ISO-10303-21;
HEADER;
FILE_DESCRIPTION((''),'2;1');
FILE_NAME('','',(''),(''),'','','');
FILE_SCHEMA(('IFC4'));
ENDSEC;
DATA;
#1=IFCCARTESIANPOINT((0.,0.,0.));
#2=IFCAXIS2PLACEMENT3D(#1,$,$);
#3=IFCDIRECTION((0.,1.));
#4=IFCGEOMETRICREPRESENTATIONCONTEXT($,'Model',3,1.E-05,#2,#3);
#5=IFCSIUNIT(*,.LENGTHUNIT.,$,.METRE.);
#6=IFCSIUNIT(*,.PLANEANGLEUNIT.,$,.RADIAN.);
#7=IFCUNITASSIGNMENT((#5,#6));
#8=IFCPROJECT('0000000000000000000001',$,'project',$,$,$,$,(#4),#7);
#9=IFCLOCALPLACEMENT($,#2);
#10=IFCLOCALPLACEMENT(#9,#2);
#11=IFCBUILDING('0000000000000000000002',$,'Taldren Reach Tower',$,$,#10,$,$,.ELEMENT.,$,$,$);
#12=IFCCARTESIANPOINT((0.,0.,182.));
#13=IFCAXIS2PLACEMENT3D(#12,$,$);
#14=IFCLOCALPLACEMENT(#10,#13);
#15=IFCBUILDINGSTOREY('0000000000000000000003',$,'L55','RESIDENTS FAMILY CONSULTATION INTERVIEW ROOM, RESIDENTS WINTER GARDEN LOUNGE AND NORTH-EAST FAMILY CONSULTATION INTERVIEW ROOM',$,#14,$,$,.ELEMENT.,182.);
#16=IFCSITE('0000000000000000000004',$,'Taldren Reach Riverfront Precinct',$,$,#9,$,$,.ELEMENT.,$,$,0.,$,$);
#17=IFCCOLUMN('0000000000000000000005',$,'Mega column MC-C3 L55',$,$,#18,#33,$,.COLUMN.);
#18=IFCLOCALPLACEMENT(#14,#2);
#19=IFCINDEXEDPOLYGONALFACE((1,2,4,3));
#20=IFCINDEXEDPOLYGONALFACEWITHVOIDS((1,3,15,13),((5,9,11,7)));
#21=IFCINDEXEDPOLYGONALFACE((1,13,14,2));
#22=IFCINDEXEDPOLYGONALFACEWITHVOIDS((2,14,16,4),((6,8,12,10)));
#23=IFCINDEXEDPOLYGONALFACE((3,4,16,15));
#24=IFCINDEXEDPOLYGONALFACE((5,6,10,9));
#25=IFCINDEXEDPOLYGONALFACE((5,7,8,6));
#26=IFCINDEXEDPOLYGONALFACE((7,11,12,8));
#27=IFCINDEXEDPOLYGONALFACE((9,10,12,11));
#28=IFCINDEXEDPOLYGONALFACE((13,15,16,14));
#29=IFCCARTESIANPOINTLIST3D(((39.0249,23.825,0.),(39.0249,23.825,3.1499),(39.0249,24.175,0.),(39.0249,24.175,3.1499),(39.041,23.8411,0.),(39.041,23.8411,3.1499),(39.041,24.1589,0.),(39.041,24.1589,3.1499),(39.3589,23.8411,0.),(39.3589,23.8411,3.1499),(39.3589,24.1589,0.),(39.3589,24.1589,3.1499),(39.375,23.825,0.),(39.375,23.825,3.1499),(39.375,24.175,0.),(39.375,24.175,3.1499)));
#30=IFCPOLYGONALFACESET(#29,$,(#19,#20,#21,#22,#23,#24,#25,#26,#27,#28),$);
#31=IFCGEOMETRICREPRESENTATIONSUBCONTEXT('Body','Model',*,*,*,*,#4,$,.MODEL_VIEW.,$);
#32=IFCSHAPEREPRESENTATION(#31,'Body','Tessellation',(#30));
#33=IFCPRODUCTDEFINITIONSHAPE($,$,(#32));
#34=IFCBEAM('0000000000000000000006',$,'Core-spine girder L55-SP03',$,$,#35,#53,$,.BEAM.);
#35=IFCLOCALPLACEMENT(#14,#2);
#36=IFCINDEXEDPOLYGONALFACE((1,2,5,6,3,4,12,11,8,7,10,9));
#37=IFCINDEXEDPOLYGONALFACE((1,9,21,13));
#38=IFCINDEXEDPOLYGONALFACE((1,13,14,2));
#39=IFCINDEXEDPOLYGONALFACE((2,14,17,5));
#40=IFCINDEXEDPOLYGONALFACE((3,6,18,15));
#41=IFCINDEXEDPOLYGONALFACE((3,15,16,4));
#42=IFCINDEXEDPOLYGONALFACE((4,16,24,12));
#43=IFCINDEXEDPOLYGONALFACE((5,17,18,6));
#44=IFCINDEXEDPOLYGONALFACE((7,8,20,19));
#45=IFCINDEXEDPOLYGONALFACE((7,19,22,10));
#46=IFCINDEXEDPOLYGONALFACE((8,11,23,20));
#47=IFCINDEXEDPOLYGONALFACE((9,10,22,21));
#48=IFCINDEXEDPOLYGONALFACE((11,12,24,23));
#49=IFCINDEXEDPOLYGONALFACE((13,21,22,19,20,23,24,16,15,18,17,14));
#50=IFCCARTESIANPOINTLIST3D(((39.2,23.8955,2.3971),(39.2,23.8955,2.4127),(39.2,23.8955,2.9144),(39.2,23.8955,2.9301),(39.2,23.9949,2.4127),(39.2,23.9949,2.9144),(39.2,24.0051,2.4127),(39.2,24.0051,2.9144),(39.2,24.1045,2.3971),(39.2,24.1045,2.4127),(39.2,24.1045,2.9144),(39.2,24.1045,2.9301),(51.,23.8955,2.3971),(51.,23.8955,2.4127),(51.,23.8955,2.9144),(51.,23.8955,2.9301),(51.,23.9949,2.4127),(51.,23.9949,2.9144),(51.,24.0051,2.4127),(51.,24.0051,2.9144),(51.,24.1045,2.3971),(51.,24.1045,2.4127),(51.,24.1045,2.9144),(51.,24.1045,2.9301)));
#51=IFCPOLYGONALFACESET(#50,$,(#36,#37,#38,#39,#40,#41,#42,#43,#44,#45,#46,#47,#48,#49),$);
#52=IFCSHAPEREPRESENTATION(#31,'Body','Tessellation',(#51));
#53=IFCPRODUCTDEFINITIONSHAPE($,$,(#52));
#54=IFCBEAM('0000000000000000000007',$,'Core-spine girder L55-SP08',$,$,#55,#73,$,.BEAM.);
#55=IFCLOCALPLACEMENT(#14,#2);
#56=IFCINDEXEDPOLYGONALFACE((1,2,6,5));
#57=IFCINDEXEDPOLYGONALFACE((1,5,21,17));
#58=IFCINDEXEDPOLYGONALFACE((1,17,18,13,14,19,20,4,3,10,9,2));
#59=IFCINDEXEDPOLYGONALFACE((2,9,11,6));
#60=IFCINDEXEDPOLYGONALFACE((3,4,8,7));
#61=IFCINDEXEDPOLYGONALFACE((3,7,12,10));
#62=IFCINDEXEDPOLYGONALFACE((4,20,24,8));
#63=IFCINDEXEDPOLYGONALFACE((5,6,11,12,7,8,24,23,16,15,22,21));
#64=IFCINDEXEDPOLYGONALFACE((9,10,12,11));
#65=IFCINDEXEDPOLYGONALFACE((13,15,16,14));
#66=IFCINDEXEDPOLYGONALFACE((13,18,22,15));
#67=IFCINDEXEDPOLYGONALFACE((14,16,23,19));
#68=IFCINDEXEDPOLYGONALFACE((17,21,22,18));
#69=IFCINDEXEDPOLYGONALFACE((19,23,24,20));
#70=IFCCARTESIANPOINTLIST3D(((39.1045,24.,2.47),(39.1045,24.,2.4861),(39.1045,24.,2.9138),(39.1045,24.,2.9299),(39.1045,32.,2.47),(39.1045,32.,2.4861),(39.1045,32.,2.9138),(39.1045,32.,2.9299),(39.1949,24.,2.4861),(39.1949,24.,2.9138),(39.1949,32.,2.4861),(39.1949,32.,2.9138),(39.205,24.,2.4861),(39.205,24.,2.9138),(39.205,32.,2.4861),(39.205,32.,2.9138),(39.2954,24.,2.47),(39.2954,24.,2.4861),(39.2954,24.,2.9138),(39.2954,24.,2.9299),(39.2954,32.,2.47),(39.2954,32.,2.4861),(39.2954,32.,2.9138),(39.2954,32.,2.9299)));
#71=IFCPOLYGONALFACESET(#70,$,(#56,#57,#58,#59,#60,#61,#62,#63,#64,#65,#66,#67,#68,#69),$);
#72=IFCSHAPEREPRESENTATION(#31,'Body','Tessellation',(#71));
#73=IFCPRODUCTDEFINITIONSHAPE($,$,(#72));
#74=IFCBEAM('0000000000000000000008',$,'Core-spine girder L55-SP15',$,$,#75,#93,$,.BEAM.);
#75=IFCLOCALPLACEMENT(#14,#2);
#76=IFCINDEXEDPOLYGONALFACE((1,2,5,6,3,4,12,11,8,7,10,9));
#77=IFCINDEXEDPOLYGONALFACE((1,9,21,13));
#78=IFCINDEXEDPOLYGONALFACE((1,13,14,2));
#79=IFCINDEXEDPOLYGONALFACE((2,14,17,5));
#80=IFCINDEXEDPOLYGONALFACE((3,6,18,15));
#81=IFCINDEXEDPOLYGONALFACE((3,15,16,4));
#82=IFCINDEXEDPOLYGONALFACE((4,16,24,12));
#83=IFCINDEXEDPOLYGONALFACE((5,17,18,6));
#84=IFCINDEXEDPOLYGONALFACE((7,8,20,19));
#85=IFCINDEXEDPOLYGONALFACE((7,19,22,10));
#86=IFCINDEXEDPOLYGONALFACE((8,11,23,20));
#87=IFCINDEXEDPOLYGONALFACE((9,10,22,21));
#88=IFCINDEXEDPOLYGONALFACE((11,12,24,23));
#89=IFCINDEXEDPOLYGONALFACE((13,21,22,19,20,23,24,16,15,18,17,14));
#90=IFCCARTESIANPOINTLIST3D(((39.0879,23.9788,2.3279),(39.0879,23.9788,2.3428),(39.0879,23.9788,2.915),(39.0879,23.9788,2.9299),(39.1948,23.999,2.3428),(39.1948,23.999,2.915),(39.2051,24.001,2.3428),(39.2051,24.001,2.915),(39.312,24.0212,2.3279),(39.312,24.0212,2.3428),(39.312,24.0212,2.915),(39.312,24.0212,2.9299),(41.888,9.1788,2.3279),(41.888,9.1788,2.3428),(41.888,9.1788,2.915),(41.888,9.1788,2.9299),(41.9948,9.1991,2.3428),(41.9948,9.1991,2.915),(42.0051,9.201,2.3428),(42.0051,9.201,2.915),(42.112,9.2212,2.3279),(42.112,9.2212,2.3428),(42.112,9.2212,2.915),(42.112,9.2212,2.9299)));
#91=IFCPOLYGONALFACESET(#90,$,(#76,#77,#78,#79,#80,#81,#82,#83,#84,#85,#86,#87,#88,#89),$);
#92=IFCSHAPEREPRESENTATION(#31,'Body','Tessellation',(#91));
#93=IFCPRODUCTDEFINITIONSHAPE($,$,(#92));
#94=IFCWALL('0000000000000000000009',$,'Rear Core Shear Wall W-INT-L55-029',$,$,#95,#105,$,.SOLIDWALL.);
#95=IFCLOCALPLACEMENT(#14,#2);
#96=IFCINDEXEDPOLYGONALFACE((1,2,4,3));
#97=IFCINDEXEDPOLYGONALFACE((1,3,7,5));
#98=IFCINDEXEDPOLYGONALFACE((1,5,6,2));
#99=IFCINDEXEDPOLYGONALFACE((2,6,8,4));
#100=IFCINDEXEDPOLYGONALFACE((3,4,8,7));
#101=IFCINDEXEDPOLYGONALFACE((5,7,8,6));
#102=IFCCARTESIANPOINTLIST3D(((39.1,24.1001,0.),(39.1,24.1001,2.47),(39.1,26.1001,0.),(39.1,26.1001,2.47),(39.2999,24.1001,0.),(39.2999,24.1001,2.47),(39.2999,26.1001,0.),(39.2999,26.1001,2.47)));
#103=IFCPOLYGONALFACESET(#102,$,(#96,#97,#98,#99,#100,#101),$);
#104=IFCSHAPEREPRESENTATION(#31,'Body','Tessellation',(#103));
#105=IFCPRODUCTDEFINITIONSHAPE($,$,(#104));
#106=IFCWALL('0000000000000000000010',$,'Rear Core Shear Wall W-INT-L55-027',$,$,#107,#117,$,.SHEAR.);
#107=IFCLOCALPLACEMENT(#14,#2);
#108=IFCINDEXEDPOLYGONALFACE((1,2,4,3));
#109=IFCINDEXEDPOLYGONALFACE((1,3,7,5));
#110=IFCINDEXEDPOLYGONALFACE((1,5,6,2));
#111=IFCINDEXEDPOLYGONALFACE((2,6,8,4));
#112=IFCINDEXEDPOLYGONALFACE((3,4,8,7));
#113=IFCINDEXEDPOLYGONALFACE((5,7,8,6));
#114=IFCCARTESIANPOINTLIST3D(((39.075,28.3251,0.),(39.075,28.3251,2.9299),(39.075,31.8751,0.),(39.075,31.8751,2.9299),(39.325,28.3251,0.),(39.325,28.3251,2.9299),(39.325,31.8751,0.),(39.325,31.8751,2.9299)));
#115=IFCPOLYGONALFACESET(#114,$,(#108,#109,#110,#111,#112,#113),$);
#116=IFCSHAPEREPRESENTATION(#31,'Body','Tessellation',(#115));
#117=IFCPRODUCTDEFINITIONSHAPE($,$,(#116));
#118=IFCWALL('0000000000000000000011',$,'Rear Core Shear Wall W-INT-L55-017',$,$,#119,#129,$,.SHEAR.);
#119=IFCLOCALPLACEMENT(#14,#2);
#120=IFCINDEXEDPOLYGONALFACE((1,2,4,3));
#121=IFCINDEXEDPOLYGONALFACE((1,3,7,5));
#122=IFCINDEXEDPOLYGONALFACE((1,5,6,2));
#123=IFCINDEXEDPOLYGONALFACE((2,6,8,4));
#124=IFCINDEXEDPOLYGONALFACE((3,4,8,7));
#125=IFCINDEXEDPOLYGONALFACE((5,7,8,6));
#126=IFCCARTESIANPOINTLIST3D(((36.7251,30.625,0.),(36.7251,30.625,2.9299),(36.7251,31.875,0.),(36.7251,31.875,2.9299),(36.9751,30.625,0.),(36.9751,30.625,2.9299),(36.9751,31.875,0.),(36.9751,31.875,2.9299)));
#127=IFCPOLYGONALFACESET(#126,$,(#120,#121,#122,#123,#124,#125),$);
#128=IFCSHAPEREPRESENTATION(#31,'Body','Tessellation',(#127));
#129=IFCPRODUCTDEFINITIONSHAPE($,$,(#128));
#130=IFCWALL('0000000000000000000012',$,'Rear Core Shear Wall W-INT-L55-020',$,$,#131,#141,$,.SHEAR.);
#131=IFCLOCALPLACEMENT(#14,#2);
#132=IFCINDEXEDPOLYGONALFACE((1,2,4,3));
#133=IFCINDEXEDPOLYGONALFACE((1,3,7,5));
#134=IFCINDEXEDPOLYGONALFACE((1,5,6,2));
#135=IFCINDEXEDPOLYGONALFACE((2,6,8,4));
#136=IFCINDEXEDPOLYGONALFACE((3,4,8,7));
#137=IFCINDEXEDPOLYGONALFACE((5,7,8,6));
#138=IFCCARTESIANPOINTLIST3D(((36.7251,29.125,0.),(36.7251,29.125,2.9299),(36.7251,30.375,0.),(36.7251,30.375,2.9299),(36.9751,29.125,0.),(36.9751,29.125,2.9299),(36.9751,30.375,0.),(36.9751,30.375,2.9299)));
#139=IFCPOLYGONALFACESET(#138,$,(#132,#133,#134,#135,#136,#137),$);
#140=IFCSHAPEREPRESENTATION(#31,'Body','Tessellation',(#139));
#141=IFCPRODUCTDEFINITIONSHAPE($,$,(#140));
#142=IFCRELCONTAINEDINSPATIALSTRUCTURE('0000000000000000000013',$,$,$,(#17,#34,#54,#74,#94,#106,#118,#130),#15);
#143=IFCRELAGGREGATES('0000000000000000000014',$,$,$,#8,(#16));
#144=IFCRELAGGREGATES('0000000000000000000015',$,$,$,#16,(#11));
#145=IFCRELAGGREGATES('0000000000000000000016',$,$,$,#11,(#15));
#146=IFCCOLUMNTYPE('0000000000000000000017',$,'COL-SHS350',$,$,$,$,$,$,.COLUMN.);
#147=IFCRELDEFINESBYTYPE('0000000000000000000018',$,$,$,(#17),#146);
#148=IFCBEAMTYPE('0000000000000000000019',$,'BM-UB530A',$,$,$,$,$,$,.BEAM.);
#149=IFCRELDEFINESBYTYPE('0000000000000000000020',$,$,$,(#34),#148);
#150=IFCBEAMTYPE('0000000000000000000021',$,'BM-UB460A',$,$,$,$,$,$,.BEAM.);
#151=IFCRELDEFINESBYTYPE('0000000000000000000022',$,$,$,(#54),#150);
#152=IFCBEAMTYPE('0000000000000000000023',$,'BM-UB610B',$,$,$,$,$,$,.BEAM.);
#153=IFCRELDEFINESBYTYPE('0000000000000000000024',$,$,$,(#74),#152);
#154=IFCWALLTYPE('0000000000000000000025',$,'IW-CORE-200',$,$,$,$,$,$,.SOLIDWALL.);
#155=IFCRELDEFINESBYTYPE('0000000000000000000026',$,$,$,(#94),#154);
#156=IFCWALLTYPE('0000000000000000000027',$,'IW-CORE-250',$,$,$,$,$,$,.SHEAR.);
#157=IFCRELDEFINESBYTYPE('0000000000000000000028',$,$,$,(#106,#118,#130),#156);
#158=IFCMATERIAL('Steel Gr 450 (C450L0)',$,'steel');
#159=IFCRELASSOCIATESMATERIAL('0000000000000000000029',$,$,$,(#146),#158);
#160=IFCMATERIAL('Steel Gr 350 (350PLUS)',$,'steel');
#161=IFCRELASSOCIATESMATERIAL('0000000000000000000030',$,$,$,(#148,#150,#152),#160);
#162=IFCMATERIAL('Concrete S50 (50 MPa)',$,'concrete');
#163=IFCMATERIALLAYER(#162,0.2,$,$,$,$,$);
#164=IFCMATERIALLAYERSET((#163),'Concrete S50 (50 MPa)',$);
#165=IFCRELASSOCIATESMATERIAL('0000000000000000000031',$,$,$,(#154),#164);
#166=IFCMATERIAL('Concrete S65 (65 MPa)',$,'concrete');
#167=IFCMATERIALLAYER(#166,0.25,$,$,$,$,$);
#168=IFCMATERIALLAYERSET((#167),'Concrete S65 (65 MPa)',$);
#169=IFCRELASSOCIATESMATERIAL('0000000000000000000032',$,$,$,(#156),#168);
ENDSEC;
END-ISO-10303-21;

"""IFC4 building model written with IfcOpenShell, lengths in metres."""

from ifc_helpers import new_model, si_unit, direction, frame, frame_2d, origin, origin_2d, place, context, subcontext, project, spatial, rectangle, hollow_rectangle, i_section, extrude, source, transform, mapped, material, layer, layer_set, material_profile, profile_set, type_object, element, save


model = new_model("IFC4")

# Units and contexts
model_context = context("Model", 3, precision=1e-05, world=origin(), true_north=direction((0.0, 1.0)))
body_context = subcontext(model_context, "Body", "Model", "MODEL_VIEW")
ifc_project = project(units=[si_unit("LENGTHUNIT", "METRE"), si_unit("PLANEANGLEUNIT", "RADIAN")], contexts=[model_context])

# Site, building, storey
site_placement = place(None, origin())
site = spatial("IfcSite", under=ifc_project, at=site_placement, Name="Taldren Reach Riverfront Precinct", CompositionType="ELEMENT", RefElevation=0.0)
building_placement = place(site_placement, origin())
building = spatial("IfcBuilding", under=site, at=building_placement, Name="Taldren Reach Tower", CompositionType="ELEMENT")
storey_placement = place(building_placement, frame((0.0, 0.0, 182.0)))
storey = spatial("IfcBuildingStorey", under=building, at=storey_placement, Name="L55", Description="RESIDENTS FAMILY CONSULTATION INTERVIEW ROOM, RESIDENTS WINTER GARDEN LOUNGE AND NORTH-EAST FAMILY CONSULTATION INTERVIEW ROOM", CompositionType="ELEMENT", Elevation=182.0)

# Column
ifc_material_1 = material(Name="Steel Gr 450 (C450L0)", Category="steel")
ifc_material_profile_1 = material_profile(ifc_material_1, hollow_rectangle(XDim=0.3501, YDim=0.3501, WallThickness=0.0161, at=origin_2d()), Name="350x350x16.0SHS")
ifc_profile_set_1 = profile_set([ifc_material_profile_1], Name="Steel Gr 450 (C450L0)")
column_type = type_object("IfcColumnType", Name="COL-SHS350", PredefinedType="COLUMN", material=ifc_profile_set_1)
shared_shape_1 = source(origin(), body_context, "Body", "SweptSolid", [
    extrude(hollow_rectangle(XDim=0.3501, YDim=0.3501, WallThickness=0.0161, at=origin_2d()), origin(), (0.0, 0.0, 1.0), 3.1499),
])
column_placement = place(storey_placement, frame((39.2, 24.0, 0.0), z_axis=(0.0, 0.0, 1.0), x_axis=(1.0, 0.0, 0.0)))
element("IfcColumn", 1, at=column_placement, inside=storey, type_object=column_type, Name="Mega column MC-C3 L55", PredefinedType="COLUMN", context=body_context, shape_type="MappedRepresentation", body=[
    mapped(shared_shape_1, transform((0.0, 0.0, 0.0), scale=1.0)),
])

# Beams
ifc_material_2 = material(Name="Steel Gr 350 (350PLUS)", Category="steel")
ifc_material_profile_2 = material_profile(ifc_material_2, i_section(OverallWidth=0.209, OverallDepth=0.533, WebThickness=0.0103, FlangeThickness=0.0156, at=origin_2d()), Name="530UB92.4")
ifc_profile_set_2 = profile_set([ifc_material_profile_2], Name="Steel Gr 350 (350PLUS)")
beam_type_1 = type_object("IfcBeamType", Name="BM-UB530A", PredefinedType="BEAM", material=ifc_profile_set_2)
shared_shape_2 = source(origin(), body_context, "Body", "SweptSolid", [
    extrude(i_section(OverallWidth=0.209, OverallDepth=0.533, WebThickness=0.0103, FlangeThickness=0.0156, at=origin_2d()), origin(), (0.0, 0.0, 1.0), 11.8),
])
beam_1_placement = place(storey_placement, frame((39.2, 24.0, 2.6636), z_axis=(1.0, 0.0, 0.0), x_axis=(0.0, 1.0, 0.0)))
element("IfcBeam", 2, at=beam_1_placement, inside=storey, type_object=beam_type_1, Name="Core-spine girder L55-SP03", PredefinedType="BEAM", context=body_context, shape_type="MappedRepresentation", body=[
    mapped(shared_shape_2, transform((0.0, 0.0, 0.0), scale=1.0)),
])
ifc_material_profile_3 = material_profile(ifc_material_2, i_section(OverallWidth=0.1909, OverallDepth=0.46, WebThickness=0.01, FlangeThickness=0.0161, at=origin_2d()), Name="460UB82.1")
ifc_profile_set_3 = profile_set([ifc_material_profile_3], Name="Steel Gr 350 (350PLUS)")
beam_type_2 = type_object("IfcBeamType", Name="BM-UB460A", PredefinedType="BEAM", material=ifc_profile_set_3)
shared_shape_3 = source(origin(), body_context, "Body", "SweptSolid", [
    extrude(i_section(OverallWidth=0.1909, OverallDepth=0.46, WebThickness=0.01, FlangeThickness=0.0161, at=origin_2d()), origin(), (0.0, 0.0, 1.0), 8.0),
])
beam_2_placement = place(storey_placement, frame((39.2, 24.0, 2.7), z_axis=(0.0, 1.0, 0.0), x_axis=(-1.0, 0.0, 0.0)))
element("IfcBeam", 3, at=beam_2_placement, inside=storey, type_object=beam_type_2, Name="Core-spine girder L55-SP08", PredefinedType="BEAM", context=body_context, shape_type="MappedRepresentation", body=[
    mapped(shared_shape_3, transform((0.0, 0.0, 0.0), scale=1.0)),
])
ifc_material_profile_4 = material_profile(ifc_material_2, i_section(OverallWidth=0.228, OverallDepth=0.6021, WebThickness=0.0105, FlangeThickness=0.0149, at=origin_2d()), Name="610UB101")
ifc_profile_set_4 = profile_set([ifc_material_profile_4], Name="Steel Gr 350 (350PLUS)")
beam_type_3 = type_object("IfcBeamType", Name="BM-UB610B", PredefinedType="BEAM", material=ifc_profile_set_4)
shared_shape_4 = source(origin(), body_context, "Body", "SweptSolid", [
    extrude(i_section(OverallWidth=0.228, OverallDepth=0.6021, WebThickness=0.0105, FlangeThickness=0.0149, at=origin_2d()), origin(), (0.0, 0.0, 1.0), 15.0625),
])
beam_3_placement = place(storey_placement, frame((39.2, 24.0, 2.6289), z_axis=(0.185894, -0.98257, 0.0), x_axis=(0.98257, 0.185894, 0.0)))
element("IfcBeam", 4, at=beam_3_placement, inside=storey, type_object=beam_type_3, Name="Core-spine girder L55-SP15", PredefinedType="BEAM", context=body_context, shape_type="MappedRepresentation", body=[
    mapped(shared_shape_4, transform((0.0, 0.0, 0.0), scale=1.0)),
])

# Walls
ifc_material_3 = material(Name="Concrete S50 (50 MPa)", Category="concrete")
ifc_layer_1 = layer(ifc_material_3, 0.2)
ifc_layer_set_1 = layer_set([ifc_layer_1], Name="Concrete S50 (50 MPa)")
wall_type_1 = type_object("IfcWallType", Name="IW-CORE-200", PredefinedType="SOLIDWALL", material=ifc_layer_set_1)
shared_shape_5 = source(origin(), body_context, "Body", "SweptSolid", [
    extrude(rectangle(XDim=2.0, YDim=0.2, at=frame_2d((1.0, 0.0))), origin(), (0.0, 0.0, 1.0), 2.47),
])
wall_1_placement = place(storey_placement, frame((39.2, 24.1001, 0.0), z_axis=(0.0, 0.0, 1.0), x_axis=(0.0, 1.0, 0.0)))
element("IfcWall", 5, at=wall_1_placement, inside=storey, type_object=wall_type_1, Name="Rear Core Shear Wall W-INT-L55-029", PredefinedType="SOLIDWALL", context=body_context, shape_type="MappedRepresentation", body=[
    mapped(shared_shape_5, transform((0.0, 0.0, 0.0), scale=1.0)),
])
ifc_material_4 = material(Name="Concrete S65 (65 MPa)", Category="concrete")
ifc_layer_2 = layer(ifc_material_4, 0.25)
ifc_layer_set_2 = layer_set([ifc_layer_2], Name="Concrete S65 (65 MPa)")
wall_type_2 = type_object("IfcWallType", Name="IW-CORE-250", PredefinedType="SHEAR", material=ifc_layer_set_2)
shared_shape_6 = source(origin(), body_context, "Body", "SweptSolid", [
    extrude(rectangle(XDim=3.55, YDim=0.25, at=frame_2d((1.7749, 0.0))), origin(), (0.0, 0.0, 1.0), 2.9299),
])
wall_2_placement = place(storey_placement, frame((39.2, 31.875, 0.0), z_axis=(0.0, 0.0, 1.0), x_axis=(0.0, -1.0, 0.0)))
element("IfcWall", 6, at=wall_2_placement, inside=storey, type_object=wall_type_2, Name="Rear Core Shear Wall W-INT-L55-027", PredefinedType="SHEAR", context=body_context, shape_type="MappedRepresentation", body=[
    mapped(shared_shape_6, transform((0.0, 0.0, 0.0), scale=1.0)),
])
shared_shape_7 = source(origin(), body_context, "Body", "SweptSolid", [
    extrude(rectangle(XDim=1.25, YDim=0.25, at=frame_2d((0.625, 0.0))), origin(), (0.0, 0.0, 1.0), 2.9299),
])
for number, where, z_axis, x_axis, name in (
    (7, (36.8501, 30.625, 0.0), (0.0, 0.0, 1.0), (0.0, 1.0, 0.0), "Rear Core Shear Wall W-INT-L55-017"),
    (8, (36.8501, 29.125, 0.0), (0.0, 0.0, 1.0), (0.0, 1.0, 0.0), "Rear Core Shear Wall W-INT-L55-020"),
):
    element("IfcWall", number, at=place(storey_placement, frame(where, z_axis=z_axis, x_axis=x_axis)), inside=storey, type_object=wall_type_2, Name=name, PredefinedType="SHEAR", context=body_context, shape_type="MappedRepresentation", body=[
        mapped(shared_shape_7, transform((0.0, 0.0, 0.0), scale=1.0)),
    ])

save(model, "model.ifc")
